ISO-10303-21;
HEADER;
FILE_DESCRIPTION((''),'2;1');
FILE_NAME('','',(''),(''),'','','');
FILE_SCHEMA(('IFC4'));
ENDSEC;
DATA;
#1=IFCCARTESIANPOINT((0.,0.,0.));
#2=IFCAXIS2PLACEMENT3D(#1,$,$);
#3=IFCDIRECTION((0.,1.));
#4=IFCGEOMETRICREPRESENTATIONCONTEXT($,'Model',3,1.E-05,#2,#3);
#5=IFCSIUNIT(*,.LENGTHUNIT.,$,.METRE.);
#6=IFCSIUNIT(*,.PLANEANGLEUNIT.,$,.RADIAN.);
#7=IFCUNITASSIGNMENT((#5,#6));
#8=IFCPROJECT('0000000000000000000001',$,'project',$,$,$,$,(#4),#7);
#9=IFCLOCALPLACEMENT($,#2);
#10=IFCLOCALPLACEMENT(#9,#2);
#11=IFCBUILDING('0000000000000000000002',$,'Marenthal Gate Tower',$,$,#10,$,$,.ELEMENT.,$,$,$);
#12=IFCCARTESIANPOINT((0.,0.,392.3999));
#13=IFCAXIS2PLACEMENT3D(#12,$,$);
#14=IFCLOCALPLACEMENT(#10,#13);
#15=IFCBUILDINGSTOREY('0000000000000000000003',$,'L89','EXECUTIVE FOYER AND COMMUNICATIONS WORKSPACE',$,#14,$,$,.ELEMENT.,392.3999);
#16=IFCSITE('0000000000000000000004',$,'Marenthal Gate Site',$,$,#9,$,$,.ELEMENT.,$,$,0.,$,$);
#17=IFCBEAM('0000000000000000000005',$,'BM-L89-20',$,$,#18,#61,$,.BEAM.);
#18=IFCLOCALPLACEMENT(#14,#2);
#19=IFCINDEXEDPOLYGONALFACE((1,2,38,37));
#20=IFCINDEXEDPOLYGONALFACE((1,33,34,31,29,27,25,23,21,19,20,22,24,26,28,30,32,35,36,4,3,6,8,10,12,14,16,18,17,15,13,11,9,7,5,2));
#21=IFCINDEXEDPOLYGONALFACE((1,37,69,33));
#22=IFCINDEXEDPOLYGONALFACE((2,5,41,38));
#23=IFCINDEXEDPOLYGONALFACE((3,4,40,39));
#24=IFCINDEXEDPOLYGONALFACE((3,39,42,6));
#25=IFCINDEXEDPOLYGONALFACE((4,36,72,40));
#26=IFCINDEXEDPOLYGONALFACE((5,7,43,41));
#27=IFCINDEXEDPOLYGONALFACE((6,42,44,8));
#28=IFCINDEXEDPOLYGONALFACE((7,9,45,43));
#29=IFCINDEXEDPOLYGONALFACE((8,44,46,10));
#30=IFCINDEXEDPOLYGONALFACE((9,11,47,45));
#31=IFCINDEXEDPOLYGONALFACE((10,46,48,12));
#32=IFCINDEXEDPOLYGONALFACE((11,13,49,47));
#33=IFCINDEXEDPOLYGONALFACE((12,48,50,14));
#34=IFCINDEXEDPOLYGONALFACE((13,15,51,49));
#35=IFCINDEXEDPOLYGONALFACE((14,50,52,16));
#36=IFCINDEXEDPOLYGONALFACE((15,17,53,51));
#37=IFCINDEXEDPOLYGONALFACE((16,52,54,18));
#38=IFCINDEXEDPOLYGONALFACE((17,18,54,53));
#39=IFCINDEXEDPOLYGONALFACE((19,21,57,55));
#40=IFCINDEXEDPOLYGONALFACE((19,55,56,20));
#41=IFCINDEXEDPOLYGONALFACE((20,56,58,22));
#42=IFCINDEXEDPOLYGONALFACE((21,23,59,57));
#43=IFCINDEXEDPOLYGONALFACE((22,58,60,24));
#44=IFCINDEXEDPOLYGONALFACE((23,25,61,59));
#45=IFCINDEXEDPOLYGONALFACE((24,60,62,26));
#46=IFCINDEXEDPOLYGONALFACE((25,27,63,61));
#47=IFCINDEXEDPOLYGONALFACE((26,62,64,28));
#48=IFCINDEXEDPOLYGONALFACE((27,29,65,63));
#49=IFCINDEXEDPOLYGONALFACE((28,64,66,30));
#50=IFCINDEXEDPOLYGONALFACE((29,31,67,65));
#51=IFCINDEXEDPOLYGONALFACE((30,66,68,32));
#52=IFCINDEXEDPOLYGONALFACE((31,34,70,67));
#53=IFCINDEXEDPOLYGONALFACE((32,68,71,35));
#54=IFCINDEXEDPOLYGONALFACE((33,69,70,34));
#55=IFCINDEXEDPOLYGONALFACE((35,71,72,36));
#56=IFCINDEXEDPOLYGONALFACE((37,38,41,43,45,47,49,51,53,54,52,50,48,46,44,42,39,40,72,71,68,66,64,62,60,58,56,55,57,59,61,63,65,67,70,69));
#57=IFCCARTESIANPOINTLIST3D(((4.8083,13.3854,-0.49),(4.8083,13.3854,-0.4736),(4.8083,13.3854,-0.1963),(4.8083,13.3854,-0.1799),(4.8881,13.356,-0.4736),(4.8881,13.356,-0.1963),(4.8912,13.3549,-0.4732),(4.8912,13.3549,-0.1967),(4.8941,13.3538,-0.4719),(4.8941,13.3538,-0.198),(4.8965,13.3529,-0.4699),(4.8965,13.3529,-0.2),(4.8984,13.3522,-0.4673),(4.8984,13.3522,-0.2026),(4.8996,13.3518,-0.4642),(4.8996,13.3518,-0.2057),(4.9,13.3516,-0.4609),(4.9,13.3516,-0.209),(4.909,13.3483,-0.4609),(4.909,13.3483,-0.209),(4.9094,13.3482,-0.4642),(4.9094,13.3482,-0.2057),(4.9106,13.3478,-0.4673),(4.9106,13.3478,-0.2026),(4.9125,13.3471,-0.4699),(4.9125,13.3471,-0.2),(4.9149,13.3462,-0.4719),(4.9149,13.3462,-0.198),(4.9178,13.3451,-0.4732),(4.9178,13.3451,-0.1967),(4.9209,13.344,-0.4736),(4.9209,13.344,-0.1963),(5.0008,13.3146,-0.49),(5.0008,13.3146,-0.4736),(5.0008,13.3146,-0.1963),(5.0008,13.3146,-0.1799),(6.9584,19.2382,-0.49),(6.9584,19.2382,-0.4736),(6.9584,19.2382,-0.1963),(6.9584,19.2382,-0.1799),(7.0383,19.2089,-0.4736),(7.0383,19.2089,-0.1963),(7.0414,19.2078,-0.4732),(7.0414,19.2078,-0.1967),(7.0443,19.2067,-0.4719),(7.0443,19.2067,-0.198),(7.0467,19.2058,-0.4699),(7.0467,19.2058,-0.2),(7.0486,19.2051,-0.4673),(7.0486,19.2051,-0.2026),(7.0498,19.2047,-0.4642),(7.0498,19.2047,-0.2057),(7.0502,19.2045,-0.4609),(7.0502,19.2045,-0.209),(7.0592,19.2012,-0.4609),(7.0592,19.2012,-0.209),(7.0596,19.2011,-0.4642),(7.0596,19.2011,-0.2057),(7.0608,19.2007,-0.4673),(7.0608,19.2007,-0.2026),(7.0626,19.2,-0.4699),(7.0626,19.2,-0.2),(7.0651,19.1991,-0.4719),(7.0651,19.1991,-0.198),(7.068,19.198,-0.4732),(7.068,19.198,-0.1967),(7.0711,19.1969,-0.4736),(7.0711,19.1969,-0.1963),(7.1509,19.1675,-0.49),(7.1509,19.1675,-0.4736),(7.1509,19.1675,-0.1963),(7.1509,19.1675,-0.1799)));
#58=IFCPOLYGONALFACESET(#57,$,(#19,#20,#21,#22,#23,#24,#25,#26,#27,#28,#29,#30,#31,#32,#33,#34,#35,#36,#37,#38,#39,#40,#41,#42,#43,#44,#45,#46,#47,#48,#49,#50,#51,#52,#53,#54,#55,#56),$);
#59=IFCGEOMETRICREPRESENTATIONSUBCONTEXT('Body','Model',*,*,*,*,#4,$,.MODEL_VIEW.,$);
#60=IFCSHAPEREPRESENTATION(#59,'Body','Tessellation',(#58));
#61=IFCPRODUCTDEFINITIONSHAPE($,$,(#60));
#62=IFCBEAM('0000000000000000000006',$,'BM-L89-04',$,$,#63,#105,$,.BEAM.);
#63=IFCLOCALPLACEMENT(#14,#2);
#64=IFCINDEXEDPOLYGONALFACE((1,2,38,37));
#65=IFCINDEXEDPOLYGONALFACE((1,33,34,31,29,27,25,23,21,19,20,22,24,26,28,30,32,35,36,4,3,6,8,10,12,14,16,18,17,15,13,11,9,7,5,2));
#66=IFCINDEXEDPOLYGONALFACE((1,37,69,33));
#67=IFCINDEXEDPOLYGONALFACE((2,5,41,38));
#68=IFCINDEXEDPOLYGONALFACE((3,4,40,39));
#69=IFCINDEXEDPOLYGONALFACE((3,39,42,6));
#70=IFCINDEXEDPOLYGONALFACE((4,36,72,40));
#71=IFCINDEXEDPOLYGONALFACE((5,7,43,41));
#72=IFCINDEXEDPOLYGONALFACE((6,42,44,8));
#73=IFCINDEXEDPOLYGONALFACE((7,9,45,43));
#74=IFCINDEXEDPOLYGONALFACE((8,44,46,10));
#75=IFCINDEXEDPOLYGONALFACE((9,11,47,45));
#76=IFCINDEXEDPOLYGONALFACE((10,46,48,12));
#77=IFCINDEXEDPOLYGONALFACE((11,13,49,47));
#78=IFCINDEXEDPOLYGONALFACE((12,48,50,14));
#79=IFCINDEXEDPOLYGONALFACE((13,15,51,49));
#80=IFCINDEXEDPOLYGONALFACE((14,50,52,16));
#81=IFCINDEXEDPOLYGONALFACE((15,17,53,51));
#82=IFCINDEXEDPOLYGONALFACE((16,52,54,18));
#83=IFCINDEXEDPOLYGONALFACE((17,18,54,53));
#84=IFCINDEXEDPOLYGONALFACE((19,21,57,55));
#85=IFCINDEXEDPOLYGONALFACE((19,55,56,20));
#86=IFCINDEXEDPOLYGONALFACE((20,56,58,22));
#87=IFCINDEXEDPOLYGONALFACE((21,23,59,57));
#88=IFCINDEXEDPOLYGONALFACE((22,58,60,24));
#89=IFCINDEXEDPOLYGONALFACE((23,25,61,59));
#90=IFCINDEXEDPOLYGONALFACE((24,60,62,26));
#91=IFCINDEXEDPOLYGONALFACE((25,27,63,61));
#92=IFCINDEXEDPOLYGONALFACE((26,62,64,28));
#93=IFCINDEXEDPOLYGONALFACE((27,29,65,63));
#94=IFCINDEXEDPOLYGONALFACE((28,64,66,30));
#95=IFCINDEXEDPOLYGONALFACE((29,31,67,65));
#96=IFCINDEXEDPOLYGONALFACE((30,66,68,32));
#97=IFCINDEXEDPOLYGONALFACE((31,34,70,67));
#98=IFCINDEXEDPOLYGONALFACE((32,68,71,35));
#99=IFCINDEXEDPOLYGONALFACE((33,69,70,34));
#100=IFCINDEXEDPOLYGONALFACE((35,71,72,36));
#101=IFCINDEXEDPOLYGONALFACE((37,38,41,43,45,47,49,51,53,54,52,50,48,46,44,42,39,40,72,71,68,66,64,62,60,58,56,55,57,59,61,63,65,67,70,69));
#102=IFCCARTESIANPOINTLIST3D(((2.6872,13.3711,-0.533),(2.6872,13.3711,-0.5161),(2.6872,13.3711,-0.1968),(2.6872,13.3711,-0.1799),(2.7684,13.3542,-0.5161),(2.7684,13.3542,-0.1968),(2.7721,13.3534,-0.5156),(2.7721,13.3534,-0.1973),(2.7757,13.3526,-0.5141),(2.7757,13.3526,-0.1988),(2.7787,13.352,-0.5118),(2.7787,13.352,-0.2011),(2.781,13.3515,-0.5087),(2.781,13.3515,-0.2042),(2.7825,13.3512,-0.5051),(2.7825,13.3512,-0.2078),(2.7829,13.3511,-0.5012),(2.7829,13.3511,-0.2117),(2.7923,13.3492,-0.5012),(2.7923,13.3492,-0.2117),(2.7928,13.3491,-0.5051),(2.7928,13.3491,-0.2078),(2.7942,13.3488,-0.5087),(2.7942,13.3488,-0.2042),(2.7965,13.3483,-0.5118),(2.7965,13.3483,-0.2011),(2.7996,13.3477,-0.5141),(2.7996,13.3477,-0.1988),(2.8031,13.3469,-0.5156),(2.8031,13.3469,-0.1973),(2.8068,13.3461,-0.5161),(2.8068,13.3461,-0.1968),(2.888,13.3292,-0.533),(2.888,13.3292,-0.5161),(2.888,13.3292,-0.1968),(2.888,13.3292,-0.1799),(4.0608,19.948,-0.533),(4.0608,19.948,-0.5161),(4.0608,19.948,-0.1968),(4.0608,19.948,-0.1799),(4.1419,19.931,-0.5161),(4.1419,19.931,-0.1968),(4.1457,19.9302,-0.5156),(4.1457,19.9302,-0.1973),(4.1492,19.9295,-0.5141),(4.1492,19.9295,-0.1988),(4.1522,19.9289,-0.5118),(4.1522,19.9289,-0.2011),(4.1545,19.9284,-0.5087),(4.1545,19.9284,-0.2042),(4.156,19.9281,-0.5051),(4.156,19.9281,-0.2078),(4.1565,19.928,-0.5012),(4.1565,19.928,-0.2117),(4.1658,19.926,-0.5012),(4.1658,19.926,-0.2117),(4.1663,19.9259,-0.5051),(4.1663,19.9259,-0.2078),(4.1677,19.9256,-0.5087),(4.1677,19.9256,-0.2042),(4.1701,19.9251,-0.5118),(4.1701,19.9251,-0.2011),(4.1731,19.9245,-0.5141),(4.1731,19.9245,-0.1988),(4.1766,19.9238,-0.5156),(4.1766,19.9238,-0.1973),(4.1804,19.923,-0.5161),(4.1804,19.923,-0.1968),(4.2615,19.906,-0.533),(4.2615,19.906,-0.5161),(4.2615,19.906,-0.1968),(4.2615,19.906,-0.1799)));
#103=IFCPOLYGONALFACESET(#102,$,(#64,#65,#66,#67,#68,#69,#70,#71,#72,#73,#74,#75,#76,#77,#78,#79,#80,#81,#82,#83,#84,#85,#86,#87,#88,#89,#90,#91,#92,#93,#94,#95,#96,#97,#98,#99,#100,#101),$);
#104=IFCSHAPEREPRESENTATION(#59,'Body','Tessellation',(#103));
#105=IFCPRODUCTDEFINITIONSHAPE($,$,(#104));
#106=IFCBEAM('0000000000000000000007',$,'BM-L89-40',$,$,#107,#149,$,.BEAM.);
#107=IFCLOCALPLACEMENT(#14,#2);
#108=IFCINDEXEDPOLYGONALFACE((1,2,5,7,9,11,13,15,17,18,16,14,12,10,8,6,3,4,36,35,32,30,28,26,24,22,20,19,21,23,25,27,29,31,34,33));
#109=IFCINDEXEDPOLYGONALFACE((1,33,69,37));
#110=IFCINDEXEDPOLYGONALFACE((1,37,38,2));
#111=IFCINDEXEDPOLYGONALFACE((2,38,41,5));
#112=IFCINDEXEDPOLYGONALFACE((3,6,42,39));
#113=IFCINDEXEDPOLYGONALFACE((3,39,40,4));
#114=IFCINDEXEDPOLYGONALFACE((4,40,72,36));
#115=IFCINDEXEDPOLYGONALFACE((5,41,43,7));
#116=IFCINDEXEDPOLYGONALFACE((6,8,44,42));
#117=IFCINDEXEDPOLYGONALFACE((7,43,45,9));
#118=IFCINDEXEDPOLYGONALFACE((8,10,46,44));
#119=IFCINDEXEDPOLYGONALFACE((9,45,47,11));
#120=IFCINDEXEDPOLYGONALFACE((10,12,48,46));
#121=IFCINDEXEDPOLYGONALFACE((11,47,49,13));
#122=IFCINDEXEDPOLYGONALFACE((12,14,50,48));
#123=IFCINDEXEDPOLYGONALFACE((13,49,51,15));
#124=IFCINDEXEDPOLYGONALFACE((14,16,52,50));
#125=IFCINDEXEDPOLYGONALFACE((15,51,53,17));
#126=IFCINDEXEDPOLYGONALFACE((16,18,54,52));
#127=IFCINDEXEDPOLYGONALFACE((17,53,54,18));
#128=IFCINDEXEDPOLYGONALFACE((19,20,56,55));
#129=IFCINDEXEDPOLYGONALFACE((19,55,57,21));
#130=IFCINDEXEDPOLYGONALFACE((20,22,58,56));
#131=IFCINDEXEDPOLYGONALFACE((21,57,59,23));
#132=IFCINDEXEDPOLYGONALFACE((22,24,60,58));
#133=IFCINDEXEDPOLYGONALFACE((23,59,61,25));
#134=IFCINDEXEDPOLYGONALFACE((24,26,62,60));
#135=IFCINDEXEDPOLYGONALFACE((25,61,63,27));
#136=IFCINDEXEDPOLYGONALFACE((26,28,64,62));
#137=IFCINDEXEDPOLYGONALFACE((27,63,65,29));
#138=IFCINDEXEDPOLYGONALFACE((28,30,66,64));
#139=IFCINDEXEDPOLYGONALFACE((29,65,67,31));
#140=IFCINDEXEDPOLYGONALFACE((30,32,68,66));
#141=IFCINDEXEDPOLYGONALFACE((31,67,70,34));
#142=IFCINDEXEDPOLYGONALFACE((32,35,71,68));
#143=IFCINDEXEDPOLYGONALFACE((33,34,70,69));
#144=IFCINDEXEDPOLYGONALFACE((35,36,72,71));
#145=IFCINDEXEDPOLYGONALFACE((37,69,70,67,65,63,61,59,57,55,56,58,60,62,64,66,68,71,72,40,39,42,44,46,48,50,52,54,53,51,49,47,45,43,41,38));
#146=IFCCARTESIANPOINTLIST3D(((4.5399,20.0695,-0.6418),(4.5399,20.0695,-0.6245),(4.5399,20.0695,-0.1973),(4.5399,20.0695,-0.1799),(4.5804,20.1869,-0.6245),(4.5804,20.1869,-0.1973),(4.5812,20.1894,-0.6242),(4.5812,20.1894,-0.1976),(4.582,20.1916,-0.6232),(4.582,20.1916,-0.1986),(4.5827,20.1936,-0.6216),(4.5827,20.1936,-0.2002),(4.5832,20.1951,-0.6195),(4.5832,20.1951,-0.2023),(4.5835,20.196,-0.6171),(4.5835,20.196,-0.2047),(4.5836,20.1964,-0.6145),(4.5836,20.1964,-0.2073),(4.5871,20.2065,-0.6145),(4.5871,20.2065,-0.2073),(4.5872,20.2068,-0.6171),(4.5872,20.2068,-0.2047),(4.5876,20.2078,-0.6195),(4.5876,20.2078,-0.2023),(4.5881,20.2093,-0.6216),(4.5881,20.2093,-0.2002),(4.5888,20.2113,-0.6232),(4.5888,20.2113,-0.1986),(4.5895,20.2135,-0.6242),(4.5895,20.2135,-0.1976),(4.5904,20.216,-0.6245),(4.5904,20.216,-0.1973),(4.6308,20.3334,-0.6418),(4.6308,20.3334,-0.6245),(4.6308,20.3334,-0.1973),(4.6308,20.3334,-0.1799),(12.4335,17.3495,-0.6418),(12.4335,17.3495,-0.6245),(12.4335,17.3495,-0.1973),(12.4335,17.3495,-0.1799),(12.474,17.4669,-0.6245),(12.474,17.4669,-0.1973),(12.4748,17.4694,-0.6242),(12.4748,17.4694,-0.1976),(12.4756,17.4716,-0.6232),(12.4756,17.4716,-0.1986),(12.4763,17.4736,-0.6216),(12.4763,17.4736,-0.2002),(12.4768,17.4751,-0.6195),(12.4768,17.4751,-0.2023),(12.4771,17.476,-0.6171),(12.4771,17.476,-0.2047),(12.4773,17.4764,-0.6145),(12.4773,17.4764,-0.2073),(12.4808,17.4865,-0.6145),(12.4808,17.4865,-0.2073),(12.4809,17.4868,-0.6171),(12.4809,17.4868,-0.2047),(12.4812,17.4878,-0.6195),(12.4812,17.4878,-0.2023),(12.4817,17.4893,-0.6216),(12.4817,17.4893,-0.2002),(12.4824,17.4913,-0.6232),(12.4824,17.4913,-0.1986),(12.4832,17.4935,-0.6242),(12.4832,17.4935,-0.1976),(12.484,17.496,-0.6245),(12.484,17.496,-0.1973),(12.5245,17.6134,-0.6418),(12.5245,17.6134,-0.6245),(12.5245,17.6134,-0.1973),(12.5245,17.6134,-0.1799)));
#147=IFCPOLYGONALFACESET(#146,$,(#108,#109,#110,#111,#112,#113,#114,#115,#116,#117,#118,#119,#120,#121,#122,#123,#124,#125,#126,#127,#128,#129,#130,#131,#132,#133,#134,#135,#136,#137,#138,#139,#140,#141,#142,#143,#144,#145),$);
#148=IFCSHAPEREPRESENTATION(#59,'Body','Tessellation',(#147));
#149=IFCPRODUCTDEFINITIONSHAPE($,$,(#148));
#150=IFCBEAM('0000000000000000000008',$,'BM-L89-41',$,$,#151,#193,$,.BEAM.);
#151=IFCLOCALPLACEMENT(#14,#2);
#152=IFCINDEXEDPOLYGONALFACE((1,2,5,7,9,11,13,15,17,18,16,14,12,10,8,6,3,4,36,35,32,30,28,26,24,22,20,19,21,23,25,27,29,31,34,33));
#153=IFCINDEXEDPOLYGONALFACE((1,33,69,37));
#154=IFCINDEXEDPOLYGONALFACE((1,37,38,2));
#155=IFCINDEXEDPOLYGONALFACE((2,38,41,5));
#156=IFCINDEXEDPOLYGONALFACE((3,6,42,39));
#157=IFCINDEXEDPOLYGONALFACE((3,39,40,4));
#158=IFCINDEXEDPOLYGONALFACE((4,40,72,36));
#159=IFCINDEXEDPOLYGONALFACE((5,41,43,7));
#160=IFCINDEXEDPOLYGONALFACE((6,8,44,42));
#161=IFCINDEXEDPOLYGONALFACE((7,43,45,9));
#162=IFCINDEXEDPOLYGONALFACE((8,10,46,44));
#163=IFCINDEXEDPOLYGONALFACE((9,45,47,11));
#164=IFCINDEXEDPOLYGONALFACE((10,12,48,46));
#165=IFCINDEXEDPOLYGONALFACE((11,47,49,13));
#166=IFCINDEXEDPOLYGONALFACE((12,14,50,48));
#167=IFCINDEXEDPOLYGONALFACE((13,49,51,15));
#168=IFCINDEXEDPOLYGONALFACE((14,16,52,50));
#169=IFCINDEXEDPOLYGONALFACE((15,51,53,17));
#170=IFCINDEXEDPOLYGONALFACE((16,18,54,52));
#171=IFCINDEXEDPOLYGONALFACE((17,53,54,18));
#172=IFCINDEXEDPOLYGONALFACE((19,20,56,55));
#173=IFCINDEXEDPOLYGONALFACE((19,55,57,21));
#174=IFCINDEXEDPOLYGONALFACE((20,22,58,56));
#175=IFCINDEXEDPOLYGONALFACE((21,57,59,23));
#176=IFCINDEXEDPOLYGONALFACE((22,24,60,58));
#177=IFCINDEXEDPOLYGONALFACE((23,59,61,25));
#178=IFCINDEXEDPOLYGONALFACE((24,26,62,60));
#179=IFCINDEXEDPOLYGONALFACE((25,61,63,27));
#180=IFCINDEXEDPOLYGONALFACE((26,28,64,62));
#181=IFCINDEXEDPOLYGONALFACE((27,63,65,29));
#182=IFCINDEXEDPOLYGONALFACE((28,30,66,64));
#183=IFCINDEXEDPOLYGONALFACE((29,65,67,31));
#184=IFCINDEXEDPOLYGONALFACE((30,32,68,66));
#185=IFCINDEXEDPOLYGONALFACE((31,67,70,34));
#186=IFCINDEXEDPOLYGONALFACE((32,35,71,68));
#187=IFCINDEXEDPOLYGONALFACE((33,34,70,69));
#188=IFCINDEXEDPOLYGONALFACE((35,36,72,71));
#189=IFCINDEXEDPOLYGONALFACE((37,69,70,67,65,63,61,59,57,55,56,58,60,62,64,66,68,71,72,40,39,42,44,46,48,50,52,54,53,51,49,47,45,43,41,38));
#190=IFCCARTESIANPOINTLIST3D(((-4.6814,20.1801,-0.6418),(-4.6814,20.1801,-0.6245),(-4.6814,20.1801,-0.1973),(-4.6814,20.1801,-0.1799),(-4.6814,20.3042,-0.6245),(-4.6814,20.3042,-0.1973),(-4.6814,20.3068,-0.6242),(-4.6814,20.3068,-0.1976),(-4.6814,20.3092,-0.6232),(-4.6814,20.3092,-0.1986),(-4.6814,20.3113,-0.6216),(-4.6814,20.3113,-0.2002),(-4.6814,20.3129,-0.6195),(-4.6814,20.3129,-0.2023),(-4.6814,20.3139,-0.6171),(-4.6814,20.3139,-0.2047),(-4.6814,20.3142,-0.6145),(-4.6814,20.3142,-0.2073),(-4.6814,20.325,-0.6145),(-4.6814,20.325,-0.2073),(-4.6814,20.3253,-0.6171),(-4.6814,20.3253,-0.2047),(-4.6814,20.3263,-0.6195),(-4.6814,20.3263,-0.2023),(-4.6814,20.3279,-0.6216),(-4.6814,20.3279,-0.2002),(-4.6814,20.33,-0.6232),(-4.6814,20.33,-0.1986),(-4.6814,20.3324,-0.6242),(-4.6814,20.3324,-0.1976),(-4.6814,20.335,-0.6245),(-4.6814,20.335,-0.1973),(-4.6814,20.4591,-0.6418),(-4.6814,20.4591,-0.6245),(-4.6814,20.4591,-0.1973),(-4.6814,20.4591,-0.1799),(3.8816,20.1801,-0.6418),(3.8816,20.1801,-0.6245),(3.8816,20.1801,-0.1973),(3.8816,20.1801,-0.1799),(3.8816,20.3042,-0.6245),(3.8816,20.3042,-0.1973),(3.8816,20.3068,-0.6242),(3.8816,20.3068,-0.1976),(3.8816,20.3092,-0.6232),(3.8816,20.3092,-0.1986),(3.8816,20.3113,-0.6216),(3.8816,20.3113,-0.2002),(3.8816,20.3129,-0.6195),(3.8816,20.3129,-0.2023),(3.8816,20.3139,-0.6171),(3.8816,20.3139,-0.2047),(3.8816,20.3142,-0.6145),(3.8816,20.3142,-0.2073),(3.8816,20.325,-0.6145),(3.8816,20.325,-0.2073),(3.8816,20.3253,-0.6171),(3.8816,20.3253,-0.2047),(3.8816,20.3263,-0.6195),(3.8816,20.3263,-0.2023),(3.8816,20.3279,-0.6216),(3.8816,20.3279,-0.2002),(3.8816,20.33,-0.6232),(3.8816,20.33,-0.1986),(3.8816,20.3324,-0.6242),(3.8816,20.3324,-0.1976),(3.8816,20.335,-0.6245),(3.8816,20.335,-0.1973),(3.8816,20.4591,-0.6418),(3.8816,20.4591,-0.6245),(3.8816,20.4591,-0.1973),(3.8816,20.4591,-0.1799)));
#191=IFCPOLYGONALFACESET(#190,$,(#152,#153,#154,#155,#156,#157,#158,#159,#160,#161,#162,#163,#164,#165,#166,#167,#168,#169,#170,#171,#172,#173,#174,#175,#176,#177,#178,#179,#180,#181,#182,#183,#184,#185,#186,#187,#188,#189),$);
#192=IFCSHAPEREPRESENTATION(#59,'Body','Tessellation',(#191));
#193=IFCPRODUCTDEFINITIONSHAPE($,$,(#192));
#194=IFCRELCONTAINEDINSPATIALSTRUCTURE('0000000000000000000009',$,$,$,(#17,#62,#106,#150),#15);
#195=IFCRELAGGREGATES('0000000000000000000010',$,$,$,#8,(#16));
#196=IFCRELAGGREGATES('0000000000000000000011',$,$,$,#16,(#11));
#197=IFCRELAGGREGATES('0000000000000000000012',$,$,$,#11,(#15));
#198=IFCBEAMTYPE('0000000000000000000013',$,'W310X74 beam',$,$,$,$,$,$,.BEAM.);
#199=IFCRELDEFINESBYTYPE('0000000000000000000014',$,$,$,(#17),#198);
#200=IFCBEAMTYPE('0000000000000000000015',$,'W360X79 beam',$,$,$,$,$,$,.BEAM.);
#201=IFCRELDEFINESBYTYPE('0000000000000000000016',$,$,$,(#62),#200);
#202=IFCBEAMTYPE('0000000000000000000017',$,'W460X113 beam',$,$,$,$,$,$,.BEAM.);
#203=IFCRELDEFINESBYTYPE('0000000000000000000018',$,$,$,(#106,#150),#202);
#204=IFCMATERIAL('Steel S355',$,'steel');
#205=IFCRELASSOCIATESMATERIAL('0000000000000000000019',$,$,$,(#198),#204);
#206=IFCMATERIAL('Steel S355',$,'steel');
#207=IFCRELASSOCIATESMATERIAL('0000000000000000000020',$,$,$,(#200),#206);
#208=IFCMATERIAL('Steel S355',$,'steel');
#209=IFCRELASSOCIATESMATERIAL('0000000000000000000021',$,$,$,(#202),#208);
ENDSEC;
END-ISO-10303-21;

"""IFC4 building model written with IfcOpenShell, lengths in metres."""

from ifc_helpers import new_model, si_unit, direction, frame, origin, origin_2d, place, context, subcontext, project, spatial, i_section, extrude, material, material_profile, profile_set, type_object, element, save


model = new_model("IFC4")

# Units and contexts
model_context = context("Model", 3, precision=1e-05, world=origin(), true_north=direction((0.0, 1.0)))
body_context = subcontext(model_context, "Body", "Model", "MODEL_VIEW")
ifc_project = project(units=[si_unit("LENGTHUNIT", "METRE"), si_unit("PLANEANGLEUNIT", "RADIAN")], contexts=[model_context])

# Site, building, storey
site_placement = place(None, origin())
site = spatial("IfcSite", under=ifc_project, at=site_placement, Name="Marenthal Gate Site", CompositionType="ELEMENT", RefElevation=0.0)
building_placement = place(site_placement, origin())
building = spatial("IfcBuilding", under=site, at=building_placement, Name="Marenthal Gate Tower", CompositionType="ELEMENT")
storey_placement = place(building_placement, frame((0.0, 0.0, 392.3999)))
storey = spatial("IfcBuildingStorey", under=building, at=storey_placement, Name="L89", Description="EXECUTIVE FOYER AND COMMUNICATIONS WORKSPACE", CompositionType="ELEMENT", Elevation=392.3999)

# Beams
ifc_material_1 = material(Name="Steel S355", Category="steel")
ifc_material_profile_1 = material_profile(ifc_material_1, i_section(OverallWidth=0.2051, OverallDepth=0.3101, WebThickness=0.0095, FlangeThickness=0.0164, FilletRadius=0.0127, at=origin_2d()), Name="W310X74")
ifc_profile_set_1 = profile_set([ifc_material_profile_1], Name="Steel S355")
beam_type_1 = type_object("IfcBeamType", Name="W310X74 beam", PredefinedType="BEAM", material=ifc_profile_set_1)
beam_1_placement = place(storey_placement, frame((7.0547, 19.2029, -0.335), z_axis=(-0.344838, -0.938662, 0.0), x_axis=(0.938662, -0.344838, 0.0)))
element("IfcBeam", 1, at=beam_1_placement, inside=storey, type_object=beam_type_1, Name="BM-L89-20", PredefinedType="BEAM", context=body_context, shape_type="SweptSolid", body=[
    extrude(i_section(OverallWidth=0.2051, OverallDepth=0.3101, WebThickness=0.0095, FlangeThickness=0.0164, FilletRadius=0.0127, at=origin_2d()), origin(), (0.0, 0.0, 1.0), 6.2354),
])
ifc_material_2 = material(Name="Steel S355", Category="steel")
ifc_material_profile_2 = material_profile(ifc_material_2, i_section(OverallWidth=0.2051, OverallDepth=0.353, WebThickness=0.0095, FlangeThickness=0.0168, FilletRadius=0.0149, at=origin_2d()), Name="W360X79")
ifc_profile_set_2 = profile_set([ifc_material_profile_2], Name="Steel S355")
beam_type_2 = type_object("IfcBeamType", Name="W360X79 beam", PredefinedType="BEAM", material=ifc_profile_set_2)
beam_2_placement = place(storey_placement, frame((4.1611, 19.927, -0.3564), z_axis=(-0.204432, -0.978881, 0.0), x_axis=(0.978881, -0.204432, 0.0)))
element("IfcBeam", 2, at=beam_2_placement, inside=storey, type_object=beam_type_2, Name="BM-L89-04", PredefinedType="BEAM", context=body_context, shape_type="SweptSolid", body=[
    extrude(i_section(OverallWidth=0.2051, OverallDepth=0.353, WebThickness=0.0095, FlangeThickness=0.0168, FilletRadius=0.0149, at=origin_2d()), origin(), (0.0, 0.0, 1.0), 6.7188),
])
ifc_material_3 = material(Name="Steel S355", Category="steel")
ifc_material_profile_3 = material_profile(ifc_material_3, i_section(OverallWidth=0.2791, OverallDepth=0.4619, WebThickness=0.0107, FlangeThickness=0.0173, FilletRadius=0.01, at=origin_2d()), Name="W460X113")
ifc_profile_set_3 = profile_set([ifc_material_profile_3], Name="Steel S355")
beam_type_3 = type_object("IfcBeamType", Name="W460X113 beam", PredefinedType="BEAM", material=ifc_profile_set_3)
beam_3_placement = place(storey_placement, frame((12.479, 17.4814, -0.4109), z_axis=(-0.945445, 0.325783, 0.0), x_axis=(-0.325783, -0.945445, 0.0)))
element("IfcBeam", 3, at=beam_3_placement, inside=storey, type_object=beam_type_3, Name="BM-L89-40", PredefinedType="BEAM", context=body_context, shape_type="SweptSolid", body=[
    extrude(i_section(OverallWidth=0.2791, OverallDepth=0.4619, WebThickness=0.0107, FlangeThickness=0.0173, FilletRadius=0.01, at=origin_2d()), origin(), (0.0, 0.0, 1.0), 8.3491),
])
beam_4_placement = place(storey_placement, frame((3.8816, 20.3196, -0.4109), z_axis=(-1.0, 0.0, 0.0), x_axis=(0.0, -1.0, 0.0)))
element("IfcBeam", 4, at=beam_4_placement, inside=storey, type_object=beam_type_3, Name="BM-L89-41", PredefinedType="BEAM", context=body_context, shape_type="SweptSolid", body=[
    extrude(i_section(OverallWidth=0.2791, OverallDepth=0.4619, WebThickness=0.0107, FlangeThickness=0.0173, FilletRadius=0.01, at=origin_2d()), origin(), (0.0, 0.0, 1.0), 8.563),
])

save(model, "model.ifc")
